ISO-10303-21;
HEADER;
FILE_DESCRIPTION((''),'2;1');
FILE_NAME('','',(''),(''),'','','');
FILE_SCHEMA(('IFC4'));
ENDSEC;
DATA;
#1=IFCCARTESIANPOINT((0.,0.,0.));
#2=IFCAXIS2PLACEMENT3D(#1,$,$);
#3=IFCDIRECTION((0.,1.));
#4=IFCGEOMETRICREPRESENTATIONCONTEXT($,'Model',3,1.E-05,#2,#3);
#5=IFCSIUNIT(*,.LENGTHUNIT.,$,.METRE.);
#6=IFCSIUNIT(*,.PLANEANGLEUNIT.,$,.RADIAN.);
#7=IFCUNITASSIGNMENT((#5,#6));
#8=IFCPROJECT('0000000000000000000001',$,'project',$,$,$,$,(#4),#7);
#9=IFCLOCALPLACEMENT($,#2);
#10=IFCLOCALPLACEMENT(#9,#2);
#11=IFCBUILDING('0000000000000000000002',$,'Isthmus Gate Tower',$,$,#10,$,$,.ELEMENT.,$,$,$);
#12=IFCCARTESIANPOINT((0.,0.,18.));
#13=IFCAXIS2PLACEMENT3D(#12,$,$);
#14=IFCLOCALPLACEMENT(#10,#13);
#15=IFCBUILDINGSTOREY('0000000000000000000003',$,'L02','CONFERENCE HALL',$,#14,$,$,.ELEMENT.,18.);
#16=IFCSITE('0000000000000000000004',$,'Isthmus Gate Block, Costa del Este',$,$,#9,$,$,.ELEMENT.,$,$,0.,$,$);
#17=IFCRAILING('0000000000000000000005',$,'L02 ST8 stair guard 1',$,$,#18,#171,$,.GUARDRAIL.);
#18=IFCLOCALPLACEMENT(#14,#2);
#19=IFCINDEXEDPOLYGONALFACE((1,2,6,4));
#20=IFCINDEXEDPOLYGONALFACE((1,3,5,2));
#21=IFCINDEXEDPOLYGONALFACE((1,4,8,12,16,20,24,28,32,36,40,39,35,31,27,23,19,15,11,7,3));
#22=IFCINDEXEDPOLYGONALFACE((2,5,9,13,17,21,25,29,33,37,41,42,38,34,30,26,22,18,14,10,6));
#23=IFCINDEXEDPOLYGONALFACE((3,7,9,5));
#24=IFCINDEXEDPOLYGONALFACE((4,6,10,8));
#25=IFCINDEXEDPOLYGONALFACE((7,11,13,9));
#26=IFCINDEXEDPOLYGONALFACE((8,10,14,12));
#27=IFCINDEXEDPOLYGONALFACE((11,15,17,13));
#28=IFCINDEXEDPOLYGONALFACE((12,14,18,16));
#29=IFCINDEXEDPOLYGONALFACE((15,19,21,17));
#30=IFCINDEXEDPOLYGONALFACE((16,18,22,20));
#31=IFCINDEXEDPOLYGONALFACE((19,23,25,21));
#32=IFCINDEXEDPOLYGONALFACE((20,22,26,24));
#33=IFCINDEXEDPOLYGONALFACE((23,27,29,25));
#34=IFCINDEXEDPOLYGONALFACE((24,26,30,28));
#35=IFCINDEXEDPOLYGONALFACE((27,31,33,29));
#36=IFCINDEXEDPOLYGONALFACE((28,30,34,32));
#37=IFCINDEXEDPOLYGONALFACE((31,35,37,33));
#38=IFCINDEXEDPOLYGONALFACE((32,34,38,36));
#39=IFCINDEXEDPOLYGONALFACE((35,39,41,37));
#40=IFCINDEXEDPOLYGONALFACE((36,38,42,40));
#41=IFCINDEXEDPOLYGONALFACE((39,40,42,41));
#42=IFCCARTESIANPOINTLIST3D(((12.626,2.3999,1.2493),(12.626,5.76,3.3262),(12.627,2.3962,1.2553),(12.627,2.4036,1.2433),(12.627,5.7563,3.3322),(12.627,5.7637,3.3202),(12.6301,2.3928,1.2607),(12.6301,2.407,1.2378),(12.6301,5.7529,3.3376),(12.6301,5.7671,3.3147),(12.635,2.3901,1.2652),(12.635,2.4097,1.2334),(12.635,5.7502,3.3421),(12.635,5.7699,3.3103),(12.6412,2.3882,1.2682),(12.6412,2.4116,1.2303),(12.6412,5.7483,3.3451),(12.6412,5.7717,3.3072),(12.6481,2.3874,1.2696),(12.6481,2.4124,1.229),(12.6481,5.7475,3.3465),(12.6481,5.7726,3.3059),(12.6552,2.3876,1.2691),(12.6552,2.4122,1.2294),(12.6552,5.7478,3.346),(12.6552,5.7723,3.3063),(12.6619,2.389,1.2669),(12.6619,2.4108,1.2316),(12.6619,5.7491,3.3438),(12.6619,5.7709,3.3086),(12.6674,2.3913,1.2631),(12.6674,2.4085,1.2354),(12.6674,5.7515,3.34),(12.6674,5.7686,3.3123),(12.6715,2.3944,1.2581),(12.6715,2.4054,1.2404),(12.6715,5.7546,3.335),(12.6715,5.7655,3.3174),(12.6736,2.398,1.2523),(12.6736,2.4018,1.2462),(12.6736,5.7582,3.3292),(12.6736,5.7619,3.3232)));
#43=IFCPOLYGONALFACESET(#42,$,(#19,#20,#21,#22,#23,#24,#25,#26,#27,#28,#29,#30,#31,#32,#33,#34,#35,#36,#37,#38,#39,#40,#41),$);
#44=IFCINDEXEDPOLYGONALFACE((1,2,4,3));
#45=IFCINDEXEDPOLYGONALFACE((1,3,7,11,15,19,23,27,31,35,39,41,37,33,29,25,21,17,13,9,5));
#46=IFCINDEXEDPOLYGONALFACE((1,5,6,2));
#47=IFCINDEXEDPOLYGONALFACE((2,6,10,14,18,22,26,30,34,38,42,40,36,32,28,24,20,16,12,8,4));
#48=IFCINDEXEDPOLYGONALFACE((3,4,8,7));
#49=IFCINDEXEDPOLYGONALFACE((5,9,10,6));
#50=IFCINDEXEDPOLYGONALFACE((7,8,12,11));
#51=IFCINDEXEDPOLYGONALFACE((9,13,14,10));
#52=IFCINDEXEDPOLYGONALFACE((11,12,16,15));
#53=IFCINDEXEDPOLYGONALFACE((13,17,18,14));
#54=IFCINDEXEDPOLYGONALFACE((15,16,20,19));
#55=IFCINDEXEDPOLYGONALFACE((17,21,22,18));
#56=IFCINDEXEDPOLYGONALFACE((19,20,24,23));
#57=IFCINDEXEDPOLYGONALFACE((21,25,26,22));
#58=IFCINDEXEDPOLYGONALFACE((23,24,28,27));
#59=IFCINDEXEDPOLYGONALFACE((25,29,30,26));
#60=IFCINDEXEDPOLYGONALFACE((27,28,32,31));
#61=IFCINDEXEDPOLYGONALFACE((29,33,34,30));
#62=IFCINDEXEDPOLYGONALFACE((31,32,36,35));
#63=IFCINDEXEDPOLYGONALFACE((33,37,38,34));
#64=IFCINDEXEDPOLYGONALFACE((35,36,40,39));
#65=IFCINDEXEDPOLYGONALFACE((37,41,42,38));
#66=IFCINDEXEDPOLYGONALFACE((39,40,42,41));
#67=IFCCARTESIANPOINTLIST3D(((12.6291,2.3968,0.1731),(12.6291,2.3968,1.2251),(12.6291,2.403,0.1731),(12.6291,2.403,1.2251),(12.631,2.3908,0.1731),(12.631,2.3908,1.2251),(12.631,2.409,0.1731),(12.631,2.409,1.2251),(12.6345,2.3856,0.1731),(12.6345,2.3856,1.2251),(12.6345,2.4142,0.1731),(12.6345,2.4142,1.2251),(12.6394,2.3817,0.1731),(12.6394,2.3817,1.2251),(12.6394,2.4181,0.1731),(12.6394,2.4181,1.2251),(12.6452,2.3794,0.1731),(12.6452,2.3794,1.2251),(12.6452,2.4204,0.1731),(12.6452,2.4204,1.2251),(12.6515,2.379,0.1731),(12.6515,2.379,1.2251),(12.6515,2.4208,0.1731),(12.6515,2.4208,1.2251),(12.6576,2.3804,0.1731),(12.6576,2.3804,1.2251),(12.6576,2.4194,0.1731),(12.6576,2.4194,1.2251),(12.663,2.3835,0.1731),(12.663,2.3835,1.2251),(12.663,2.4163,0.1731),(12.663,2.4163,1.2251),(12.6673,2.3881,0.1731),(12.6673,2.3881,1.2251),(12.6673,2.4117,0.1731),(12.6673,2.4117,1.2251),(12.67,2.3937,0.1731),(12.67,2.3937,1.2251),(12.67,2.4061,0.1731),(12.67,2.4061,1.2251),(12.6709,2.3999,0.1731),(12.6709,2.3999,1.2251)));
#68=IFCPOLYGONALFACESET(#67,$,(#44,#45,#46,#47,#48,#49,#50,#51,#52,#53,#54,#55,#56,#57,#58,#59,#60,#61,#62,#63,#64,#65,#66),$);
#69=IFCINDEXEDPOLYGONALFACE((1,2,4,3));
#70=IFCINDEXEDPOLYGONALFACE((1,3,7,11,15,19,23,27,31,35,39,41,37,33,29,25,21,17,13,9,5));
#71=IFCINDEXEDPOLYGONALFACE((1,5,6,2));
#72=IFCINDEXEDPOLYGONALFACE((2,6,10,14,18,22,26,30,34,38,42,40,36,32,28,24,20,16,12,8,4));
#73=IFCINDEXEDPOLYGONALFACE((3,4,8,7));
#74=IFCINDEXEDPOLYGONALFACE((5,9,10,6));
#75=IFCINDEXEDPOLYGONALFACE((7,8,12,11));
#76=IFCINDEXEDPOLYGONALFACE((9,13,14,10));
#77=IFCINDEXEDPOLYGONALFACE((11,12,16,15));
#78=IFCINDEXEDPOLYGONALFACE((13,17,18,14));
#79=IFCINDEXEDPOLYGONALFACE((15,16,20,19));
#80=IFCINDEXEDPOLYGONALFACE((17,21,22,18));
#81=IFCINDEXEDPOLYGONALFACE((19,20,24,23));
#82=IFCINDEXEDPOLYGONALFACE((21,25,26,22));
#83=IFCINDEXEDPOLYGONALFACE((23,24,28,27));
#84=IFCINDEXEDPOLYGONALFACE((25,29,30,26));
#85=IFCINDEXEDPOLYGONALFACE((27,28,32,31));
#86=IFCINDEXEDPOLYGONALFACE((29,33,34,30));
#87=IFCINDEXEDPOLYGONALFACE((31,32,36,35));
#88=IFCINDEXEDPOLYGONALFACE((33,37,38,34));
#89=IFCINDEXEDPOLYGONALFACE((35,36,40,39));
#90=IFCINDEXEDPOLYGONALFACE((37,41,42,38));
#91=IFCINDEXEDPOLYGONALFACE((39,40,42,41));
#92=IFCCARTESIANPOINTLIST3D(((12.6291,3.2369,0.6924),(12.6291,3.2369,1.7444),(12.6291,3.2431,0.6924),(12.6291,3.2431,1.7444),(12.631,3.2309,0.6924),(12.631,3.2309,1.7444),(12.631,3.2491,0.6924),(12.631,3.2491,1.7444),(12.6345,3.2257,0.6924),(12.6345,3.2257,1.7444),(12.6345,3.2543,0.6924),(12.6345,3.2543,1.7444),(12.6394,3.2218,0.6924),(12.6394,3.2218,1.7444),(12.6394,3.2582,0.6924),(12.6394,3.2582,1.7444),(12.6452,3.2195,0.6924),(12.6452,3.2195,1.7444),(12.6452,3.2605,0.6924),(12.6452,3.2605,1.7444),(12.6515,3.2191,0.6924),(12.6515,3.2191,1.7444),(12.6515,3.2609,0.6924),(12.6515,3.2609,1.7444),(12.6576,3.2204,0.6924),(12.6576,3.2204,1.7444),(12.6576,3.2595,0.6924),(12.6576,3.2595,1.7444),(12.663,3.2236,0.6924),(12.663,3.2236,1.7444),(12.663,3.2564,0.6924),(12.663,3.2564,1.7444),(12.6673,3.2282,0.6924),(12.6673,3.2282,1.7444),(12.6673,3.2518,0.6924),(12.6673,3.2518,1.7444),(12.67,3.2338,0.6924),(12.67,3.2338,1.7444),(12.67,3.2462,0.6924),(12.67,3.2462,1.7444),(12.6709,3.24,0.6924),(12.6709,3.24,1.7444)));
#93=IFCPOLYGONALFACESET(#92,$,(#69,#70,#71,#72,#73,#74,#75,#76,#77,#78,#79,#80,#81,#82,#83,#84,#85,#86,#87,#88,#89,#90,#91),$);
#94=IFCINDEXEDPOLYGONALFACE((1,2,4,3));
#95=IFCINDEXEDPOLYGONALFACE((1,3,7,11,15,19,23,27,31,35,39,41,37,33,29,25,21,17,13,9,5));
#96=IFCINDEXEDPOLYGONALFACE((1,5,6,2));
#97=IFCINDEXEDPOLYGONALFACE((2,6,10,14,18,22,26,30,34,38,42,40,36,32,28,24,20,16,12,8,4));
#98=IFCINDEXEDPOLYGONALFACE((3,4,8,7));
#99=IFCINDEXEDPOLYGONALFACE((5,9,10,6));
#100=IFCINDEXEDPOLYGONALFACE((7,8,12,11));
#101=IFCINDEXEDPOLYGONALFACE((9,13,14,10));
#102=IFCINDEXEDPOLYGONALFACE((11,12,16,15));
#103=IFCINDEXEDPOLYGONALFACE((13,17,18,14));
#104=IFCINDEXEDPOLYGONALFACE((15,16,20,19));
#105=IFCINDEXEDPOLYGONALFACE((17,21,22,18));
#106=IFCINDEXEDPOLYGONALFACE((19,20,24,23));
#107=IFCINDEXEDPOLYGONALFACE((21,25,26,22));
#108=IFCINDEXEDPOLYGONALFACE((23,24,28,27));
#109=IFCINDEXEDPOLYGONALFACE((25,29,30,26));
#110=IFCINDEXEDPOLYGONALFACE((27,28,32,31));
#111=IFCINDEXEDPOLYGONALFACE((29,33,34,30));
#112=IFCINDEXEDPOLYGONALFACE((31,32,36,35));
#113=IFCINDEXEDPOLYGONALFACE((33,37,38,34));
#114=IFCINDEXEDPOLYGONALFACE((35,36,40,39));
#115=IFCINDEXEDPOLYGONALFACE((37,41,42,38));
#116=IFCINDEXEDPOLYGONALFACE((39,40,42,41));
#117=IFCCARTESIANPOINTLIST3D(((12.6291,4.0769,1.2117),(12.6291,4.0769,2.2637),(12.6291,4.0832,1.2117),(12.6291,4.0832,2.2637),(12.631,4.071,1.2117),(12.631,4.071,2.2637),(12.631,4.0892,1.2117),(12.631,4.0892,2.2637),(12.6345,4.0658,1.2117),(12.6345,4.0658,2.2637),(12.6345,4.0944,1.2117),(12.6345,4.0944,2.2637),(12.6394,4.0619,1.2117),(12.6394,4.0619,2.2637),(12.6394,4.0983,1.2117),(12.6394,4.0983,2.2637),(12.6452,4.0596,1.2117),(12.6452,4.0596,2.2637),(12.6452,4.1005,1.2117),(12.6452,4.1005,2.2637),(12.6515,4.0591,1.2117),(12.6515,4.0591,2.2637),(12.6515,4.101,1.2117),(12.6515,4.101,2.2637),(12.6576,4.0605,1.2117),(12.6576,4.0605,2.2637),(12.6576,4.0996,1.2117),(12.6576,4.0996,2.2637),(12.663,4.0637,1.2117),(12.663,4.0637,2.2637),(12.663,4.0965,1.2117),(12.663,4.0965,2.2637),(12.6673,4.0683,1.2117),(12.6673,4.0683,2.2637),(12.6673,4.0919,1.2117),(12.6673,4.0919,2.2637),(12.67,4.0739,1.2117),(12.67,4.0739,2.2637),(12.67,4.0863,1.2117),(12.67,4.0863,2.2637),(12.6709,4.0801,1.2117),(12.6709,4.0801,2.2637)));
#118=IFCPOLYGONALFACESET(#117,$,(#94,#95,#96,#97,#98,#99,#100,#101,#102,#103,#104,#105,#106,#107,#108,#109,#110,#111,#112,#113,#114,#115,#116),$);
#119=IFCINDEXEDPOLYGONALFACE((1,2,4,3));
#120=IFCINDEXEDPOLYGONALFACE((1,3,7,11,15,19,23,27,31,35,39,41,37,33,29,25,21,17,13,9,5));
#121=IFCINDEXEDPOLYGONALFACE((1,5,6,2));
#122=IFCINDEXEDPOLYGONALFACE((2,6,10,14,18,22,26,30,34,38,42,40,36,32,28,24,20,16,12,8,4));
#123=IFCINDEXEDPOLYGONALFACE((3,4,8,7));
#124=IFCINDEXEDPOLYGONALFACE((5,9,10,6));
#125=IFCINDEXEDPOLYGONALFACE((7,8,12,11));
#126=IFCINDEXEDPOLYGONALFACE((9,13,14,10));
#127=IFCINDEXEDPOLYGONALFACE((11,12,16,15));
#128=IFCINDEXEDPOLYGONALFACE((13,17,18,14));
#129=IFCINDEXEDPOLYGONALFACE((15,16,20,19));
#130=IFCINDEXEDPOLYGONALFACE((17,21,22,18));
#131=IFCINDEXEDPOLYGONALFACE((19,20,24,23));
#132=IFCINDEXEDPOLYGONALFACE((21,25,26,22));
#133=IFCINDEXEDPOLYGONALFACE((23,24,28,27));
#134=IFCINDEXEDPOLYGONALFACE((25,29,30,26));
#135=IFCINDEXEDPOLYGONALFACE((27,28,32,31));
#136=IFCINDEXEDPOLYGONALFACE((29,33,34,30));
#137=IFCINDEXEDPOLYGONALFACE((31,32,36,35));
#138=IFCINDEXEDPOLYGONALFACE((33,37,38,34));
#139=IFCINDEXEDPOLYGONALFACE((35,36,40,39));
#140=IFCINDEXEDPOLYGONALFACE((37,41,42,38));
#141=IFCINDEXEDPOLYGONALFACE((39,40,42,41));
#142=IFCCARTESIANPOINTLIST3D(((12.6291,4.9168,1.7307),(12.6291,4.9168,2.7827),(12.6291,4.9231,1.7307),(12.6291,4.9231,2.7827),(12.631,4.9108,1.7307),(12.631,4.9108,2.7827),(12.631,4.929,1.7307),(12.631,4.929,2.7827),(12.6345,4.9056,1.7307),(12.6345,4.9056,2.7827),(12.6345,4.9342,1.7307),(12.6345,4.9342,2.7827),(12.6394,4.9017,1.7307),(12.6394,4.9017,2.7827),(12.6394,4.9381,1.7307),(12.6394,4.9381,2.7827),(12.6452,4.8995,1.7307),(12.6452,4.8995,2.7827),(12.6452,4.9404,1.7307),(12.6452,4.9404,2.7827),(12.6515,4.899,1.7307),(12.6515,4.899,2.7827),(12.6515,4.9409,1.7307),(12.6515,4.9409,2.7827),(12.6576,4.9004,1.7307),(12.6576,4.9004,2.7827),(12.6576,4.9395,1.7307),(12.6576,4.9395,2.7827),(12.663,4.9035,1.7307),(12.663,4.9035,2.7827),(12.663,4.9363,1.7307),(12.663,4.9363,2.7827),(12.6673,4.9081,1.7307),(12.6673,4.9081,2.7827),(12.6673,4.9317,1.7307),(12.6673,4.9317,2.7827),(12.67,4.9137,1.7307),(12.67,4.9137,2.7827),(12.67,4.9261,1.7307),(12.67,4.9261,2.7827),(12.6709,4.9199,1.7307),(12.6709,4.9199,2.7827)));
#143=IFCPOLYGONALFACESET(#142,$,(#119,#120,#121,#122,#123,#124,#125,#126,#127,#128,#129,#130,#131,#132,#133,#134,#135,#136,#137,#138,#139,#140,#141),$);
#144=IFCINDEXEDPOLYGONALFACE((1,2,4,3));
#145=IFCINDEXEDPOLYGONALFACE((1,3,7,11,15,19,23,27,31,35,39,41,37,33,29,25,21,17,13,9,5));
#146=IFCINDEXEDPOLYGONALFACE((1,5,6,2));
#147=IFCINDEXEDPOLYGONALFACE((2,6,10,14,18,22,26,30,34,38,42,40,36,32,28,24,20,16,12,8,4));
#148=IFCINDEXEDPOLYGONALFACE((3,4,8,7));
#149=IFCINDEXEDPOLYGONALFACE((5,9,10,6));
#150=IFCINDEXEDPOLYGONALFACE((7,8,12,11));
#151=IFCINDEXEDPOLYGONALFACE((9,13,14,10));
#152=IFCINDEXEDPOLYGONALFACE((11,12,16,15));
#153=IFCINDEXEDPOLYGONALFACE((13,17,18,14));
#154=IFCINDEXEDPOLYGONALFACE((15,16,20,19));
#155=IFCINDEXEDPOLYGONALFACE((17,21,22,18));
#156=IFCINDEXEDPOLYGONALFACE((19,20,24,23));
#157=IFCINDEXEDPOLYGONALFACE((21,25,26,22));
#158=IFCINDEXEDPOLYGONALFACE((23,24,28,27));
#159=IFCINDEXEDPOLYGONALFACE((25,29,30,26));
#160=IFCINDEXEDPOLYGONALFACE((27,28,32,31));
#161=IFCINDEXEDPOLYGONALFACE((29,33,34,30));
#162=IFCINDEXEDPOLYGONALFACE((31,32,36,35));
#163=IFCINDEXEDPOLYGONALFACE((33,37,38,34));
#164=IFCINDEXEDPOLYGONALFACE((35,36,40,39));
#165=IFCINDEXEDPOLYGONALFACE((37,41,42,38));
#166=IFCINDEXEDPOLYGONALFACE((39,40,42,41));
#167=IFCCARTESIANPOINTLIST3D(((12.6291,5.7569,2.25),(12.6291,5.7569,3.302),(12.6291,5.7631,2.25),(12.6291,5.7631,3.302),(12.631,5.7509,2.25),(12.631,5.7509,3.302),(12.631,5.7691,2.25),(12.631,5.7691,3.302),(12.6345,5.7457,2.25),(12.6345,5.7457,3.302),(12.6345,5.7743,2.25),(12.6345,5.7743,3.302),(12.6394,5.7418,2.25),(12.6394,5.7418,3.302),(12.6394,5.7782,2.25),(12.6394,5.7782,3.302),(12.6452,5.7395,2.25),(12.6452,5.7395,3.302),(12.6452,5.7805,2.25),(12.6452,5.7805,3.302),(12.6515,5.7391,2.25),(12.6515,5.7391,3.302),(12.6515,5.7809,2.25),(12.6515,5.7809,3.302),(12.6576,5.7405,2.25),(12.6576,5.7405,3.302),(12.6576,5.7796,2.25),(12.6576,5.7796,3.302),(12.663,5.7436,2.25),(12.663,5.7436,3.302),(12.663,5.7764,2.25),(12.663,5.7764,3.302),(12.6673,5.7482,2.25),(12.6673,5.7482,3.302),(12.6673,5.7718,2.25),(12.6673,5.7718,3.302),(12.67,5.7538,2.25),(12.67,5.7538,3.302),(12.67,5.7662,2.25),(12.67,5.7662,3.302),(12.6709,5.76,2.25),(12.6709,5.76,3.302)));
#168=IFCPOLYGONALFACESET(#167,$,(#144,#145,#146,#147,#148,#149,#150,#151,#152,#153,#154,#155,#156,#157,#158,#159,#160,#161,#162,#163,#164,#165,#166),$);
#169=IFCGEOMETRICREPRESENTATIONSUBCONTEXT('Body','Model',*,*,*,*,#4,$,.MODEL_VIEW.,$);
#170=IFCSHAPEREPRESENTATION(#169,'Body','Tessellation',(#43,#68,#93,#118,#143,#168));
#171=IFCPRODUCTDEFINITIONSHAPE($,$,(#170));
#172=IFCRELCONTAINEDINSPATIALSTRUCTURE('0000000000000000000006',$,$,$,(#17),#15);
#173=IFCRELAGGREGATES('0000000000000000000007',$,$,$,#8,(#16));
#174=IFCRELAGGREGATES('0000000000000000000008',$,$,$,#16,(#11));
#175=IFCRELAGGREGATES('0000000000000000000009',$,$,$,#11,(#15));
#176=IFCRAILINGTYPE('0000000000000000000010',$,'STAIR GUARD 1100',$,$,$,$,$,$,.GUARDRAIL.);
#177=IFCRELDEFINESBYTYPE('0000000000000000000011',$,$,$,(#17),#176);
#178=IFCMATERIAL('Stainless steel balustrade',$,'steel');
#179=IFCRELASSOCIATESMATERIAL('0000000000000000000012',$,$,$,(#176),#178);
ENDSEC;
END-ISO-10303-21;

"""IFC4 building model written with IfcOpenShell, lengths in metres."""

from ifc_helpers import new_model, si_unit, direction, frame, origin, origin_2d, place, context, subcontext, project, spatial, circle, extrude, material, type_object, element, save


model = new_model("IFC4")

# Units and contexts
model_context = context("Model", 3, precision=1e-05, world=origin(), true_north=direction((0.0, 1.0)))
body_context = subcontext(model_context, "Body", "Model", "MODEL_VIEW")
ifc_project = project(units=[si_unit("LENGTHUNIT", "METRE"), si_unit("PLANEANGLEUNIT", "RADIAN")], contexts=[model_context])

# Site, building, storey
site_placement = place(None, origin())
site = spatial("IfcSite", under=ifc_project, at=site_placement, Name="Isthmus Gate Block, Costa del Este", CompositionType="ELEMENT", RefElevation=0.0)
building_placement = place(site_placement, origin())
building = spatial("IfcBuilding", under=site, at=building_placement, Name="Isthmus Gate Tower", CompositionType="ELEMENT")
storey_placement = place(building_placement, frame((0.0, 0.0, 18.0)))
storey = spatial("IfcBuildingStorey", under=building, at=storey_placement, Name="L02", Description="CONFERENCE HALL", CompositionType="ELEMENT", Elevation=18.0)

# Railing
ifc_material_1 = material(Name="Stainless steel balustrade", Category="steel")
railing_type_1 = type_object("IfcRailingType", Name="STAIR GUARD 1100", PredefinedType="GUARDRAIL", material=ifc_material_1)
for number, where, name in (
    (1, (12.6499, 2.3999, 0.1731), "L02 ST8 stair guard 1"),
):
    element("IfcRailing", number, at=place(storey_placement, frame(where)), inside=storey, type_object=railing_type_1, Name=name, PredefinedType="GUARDRAIL", context=body_context, shape_type="SweptSolid", body=[
        extrude(circle(Radius=0.0239, at=origin_2d()), frame((0.0, 0.0, 1.0762), z_axis=(0.0, 0.850623, 0.525776), x_axis=(-1.0, 0.0, 0.0)), (0.0, 0.0, 1.0), 3.9502),
        extrude(circle(Radius=0.021, at=origin_2d()), origin(), (0.0, 0.0, 1.0), 1.052),
        extrude(circle(Radius=0.021, at=origin_2d()), frame((0.0, 0.8401, 0.5193)), (0.0, 0.0, 1.0), 1.052),
        extrude(circle(Radius=0.021, at=origin_2d()), frame((0.0, 1.6802, 1.0386)), (0.0, 0.0, 1.0), 1.052),
        extrude(circle(Radius=0.021, at=origin_2d()), frame((0.0, 2.52, 1.5576)), (0.0, 0.0, 1.0), 1.052),
        extrude(circle(Radius=0.021, at=origin_2d()), frame((0.0, 3.3601, 2.0769)), (0.0, 0.0, 1.0), 1.052),
    ])

save(model, "model.ifc")
